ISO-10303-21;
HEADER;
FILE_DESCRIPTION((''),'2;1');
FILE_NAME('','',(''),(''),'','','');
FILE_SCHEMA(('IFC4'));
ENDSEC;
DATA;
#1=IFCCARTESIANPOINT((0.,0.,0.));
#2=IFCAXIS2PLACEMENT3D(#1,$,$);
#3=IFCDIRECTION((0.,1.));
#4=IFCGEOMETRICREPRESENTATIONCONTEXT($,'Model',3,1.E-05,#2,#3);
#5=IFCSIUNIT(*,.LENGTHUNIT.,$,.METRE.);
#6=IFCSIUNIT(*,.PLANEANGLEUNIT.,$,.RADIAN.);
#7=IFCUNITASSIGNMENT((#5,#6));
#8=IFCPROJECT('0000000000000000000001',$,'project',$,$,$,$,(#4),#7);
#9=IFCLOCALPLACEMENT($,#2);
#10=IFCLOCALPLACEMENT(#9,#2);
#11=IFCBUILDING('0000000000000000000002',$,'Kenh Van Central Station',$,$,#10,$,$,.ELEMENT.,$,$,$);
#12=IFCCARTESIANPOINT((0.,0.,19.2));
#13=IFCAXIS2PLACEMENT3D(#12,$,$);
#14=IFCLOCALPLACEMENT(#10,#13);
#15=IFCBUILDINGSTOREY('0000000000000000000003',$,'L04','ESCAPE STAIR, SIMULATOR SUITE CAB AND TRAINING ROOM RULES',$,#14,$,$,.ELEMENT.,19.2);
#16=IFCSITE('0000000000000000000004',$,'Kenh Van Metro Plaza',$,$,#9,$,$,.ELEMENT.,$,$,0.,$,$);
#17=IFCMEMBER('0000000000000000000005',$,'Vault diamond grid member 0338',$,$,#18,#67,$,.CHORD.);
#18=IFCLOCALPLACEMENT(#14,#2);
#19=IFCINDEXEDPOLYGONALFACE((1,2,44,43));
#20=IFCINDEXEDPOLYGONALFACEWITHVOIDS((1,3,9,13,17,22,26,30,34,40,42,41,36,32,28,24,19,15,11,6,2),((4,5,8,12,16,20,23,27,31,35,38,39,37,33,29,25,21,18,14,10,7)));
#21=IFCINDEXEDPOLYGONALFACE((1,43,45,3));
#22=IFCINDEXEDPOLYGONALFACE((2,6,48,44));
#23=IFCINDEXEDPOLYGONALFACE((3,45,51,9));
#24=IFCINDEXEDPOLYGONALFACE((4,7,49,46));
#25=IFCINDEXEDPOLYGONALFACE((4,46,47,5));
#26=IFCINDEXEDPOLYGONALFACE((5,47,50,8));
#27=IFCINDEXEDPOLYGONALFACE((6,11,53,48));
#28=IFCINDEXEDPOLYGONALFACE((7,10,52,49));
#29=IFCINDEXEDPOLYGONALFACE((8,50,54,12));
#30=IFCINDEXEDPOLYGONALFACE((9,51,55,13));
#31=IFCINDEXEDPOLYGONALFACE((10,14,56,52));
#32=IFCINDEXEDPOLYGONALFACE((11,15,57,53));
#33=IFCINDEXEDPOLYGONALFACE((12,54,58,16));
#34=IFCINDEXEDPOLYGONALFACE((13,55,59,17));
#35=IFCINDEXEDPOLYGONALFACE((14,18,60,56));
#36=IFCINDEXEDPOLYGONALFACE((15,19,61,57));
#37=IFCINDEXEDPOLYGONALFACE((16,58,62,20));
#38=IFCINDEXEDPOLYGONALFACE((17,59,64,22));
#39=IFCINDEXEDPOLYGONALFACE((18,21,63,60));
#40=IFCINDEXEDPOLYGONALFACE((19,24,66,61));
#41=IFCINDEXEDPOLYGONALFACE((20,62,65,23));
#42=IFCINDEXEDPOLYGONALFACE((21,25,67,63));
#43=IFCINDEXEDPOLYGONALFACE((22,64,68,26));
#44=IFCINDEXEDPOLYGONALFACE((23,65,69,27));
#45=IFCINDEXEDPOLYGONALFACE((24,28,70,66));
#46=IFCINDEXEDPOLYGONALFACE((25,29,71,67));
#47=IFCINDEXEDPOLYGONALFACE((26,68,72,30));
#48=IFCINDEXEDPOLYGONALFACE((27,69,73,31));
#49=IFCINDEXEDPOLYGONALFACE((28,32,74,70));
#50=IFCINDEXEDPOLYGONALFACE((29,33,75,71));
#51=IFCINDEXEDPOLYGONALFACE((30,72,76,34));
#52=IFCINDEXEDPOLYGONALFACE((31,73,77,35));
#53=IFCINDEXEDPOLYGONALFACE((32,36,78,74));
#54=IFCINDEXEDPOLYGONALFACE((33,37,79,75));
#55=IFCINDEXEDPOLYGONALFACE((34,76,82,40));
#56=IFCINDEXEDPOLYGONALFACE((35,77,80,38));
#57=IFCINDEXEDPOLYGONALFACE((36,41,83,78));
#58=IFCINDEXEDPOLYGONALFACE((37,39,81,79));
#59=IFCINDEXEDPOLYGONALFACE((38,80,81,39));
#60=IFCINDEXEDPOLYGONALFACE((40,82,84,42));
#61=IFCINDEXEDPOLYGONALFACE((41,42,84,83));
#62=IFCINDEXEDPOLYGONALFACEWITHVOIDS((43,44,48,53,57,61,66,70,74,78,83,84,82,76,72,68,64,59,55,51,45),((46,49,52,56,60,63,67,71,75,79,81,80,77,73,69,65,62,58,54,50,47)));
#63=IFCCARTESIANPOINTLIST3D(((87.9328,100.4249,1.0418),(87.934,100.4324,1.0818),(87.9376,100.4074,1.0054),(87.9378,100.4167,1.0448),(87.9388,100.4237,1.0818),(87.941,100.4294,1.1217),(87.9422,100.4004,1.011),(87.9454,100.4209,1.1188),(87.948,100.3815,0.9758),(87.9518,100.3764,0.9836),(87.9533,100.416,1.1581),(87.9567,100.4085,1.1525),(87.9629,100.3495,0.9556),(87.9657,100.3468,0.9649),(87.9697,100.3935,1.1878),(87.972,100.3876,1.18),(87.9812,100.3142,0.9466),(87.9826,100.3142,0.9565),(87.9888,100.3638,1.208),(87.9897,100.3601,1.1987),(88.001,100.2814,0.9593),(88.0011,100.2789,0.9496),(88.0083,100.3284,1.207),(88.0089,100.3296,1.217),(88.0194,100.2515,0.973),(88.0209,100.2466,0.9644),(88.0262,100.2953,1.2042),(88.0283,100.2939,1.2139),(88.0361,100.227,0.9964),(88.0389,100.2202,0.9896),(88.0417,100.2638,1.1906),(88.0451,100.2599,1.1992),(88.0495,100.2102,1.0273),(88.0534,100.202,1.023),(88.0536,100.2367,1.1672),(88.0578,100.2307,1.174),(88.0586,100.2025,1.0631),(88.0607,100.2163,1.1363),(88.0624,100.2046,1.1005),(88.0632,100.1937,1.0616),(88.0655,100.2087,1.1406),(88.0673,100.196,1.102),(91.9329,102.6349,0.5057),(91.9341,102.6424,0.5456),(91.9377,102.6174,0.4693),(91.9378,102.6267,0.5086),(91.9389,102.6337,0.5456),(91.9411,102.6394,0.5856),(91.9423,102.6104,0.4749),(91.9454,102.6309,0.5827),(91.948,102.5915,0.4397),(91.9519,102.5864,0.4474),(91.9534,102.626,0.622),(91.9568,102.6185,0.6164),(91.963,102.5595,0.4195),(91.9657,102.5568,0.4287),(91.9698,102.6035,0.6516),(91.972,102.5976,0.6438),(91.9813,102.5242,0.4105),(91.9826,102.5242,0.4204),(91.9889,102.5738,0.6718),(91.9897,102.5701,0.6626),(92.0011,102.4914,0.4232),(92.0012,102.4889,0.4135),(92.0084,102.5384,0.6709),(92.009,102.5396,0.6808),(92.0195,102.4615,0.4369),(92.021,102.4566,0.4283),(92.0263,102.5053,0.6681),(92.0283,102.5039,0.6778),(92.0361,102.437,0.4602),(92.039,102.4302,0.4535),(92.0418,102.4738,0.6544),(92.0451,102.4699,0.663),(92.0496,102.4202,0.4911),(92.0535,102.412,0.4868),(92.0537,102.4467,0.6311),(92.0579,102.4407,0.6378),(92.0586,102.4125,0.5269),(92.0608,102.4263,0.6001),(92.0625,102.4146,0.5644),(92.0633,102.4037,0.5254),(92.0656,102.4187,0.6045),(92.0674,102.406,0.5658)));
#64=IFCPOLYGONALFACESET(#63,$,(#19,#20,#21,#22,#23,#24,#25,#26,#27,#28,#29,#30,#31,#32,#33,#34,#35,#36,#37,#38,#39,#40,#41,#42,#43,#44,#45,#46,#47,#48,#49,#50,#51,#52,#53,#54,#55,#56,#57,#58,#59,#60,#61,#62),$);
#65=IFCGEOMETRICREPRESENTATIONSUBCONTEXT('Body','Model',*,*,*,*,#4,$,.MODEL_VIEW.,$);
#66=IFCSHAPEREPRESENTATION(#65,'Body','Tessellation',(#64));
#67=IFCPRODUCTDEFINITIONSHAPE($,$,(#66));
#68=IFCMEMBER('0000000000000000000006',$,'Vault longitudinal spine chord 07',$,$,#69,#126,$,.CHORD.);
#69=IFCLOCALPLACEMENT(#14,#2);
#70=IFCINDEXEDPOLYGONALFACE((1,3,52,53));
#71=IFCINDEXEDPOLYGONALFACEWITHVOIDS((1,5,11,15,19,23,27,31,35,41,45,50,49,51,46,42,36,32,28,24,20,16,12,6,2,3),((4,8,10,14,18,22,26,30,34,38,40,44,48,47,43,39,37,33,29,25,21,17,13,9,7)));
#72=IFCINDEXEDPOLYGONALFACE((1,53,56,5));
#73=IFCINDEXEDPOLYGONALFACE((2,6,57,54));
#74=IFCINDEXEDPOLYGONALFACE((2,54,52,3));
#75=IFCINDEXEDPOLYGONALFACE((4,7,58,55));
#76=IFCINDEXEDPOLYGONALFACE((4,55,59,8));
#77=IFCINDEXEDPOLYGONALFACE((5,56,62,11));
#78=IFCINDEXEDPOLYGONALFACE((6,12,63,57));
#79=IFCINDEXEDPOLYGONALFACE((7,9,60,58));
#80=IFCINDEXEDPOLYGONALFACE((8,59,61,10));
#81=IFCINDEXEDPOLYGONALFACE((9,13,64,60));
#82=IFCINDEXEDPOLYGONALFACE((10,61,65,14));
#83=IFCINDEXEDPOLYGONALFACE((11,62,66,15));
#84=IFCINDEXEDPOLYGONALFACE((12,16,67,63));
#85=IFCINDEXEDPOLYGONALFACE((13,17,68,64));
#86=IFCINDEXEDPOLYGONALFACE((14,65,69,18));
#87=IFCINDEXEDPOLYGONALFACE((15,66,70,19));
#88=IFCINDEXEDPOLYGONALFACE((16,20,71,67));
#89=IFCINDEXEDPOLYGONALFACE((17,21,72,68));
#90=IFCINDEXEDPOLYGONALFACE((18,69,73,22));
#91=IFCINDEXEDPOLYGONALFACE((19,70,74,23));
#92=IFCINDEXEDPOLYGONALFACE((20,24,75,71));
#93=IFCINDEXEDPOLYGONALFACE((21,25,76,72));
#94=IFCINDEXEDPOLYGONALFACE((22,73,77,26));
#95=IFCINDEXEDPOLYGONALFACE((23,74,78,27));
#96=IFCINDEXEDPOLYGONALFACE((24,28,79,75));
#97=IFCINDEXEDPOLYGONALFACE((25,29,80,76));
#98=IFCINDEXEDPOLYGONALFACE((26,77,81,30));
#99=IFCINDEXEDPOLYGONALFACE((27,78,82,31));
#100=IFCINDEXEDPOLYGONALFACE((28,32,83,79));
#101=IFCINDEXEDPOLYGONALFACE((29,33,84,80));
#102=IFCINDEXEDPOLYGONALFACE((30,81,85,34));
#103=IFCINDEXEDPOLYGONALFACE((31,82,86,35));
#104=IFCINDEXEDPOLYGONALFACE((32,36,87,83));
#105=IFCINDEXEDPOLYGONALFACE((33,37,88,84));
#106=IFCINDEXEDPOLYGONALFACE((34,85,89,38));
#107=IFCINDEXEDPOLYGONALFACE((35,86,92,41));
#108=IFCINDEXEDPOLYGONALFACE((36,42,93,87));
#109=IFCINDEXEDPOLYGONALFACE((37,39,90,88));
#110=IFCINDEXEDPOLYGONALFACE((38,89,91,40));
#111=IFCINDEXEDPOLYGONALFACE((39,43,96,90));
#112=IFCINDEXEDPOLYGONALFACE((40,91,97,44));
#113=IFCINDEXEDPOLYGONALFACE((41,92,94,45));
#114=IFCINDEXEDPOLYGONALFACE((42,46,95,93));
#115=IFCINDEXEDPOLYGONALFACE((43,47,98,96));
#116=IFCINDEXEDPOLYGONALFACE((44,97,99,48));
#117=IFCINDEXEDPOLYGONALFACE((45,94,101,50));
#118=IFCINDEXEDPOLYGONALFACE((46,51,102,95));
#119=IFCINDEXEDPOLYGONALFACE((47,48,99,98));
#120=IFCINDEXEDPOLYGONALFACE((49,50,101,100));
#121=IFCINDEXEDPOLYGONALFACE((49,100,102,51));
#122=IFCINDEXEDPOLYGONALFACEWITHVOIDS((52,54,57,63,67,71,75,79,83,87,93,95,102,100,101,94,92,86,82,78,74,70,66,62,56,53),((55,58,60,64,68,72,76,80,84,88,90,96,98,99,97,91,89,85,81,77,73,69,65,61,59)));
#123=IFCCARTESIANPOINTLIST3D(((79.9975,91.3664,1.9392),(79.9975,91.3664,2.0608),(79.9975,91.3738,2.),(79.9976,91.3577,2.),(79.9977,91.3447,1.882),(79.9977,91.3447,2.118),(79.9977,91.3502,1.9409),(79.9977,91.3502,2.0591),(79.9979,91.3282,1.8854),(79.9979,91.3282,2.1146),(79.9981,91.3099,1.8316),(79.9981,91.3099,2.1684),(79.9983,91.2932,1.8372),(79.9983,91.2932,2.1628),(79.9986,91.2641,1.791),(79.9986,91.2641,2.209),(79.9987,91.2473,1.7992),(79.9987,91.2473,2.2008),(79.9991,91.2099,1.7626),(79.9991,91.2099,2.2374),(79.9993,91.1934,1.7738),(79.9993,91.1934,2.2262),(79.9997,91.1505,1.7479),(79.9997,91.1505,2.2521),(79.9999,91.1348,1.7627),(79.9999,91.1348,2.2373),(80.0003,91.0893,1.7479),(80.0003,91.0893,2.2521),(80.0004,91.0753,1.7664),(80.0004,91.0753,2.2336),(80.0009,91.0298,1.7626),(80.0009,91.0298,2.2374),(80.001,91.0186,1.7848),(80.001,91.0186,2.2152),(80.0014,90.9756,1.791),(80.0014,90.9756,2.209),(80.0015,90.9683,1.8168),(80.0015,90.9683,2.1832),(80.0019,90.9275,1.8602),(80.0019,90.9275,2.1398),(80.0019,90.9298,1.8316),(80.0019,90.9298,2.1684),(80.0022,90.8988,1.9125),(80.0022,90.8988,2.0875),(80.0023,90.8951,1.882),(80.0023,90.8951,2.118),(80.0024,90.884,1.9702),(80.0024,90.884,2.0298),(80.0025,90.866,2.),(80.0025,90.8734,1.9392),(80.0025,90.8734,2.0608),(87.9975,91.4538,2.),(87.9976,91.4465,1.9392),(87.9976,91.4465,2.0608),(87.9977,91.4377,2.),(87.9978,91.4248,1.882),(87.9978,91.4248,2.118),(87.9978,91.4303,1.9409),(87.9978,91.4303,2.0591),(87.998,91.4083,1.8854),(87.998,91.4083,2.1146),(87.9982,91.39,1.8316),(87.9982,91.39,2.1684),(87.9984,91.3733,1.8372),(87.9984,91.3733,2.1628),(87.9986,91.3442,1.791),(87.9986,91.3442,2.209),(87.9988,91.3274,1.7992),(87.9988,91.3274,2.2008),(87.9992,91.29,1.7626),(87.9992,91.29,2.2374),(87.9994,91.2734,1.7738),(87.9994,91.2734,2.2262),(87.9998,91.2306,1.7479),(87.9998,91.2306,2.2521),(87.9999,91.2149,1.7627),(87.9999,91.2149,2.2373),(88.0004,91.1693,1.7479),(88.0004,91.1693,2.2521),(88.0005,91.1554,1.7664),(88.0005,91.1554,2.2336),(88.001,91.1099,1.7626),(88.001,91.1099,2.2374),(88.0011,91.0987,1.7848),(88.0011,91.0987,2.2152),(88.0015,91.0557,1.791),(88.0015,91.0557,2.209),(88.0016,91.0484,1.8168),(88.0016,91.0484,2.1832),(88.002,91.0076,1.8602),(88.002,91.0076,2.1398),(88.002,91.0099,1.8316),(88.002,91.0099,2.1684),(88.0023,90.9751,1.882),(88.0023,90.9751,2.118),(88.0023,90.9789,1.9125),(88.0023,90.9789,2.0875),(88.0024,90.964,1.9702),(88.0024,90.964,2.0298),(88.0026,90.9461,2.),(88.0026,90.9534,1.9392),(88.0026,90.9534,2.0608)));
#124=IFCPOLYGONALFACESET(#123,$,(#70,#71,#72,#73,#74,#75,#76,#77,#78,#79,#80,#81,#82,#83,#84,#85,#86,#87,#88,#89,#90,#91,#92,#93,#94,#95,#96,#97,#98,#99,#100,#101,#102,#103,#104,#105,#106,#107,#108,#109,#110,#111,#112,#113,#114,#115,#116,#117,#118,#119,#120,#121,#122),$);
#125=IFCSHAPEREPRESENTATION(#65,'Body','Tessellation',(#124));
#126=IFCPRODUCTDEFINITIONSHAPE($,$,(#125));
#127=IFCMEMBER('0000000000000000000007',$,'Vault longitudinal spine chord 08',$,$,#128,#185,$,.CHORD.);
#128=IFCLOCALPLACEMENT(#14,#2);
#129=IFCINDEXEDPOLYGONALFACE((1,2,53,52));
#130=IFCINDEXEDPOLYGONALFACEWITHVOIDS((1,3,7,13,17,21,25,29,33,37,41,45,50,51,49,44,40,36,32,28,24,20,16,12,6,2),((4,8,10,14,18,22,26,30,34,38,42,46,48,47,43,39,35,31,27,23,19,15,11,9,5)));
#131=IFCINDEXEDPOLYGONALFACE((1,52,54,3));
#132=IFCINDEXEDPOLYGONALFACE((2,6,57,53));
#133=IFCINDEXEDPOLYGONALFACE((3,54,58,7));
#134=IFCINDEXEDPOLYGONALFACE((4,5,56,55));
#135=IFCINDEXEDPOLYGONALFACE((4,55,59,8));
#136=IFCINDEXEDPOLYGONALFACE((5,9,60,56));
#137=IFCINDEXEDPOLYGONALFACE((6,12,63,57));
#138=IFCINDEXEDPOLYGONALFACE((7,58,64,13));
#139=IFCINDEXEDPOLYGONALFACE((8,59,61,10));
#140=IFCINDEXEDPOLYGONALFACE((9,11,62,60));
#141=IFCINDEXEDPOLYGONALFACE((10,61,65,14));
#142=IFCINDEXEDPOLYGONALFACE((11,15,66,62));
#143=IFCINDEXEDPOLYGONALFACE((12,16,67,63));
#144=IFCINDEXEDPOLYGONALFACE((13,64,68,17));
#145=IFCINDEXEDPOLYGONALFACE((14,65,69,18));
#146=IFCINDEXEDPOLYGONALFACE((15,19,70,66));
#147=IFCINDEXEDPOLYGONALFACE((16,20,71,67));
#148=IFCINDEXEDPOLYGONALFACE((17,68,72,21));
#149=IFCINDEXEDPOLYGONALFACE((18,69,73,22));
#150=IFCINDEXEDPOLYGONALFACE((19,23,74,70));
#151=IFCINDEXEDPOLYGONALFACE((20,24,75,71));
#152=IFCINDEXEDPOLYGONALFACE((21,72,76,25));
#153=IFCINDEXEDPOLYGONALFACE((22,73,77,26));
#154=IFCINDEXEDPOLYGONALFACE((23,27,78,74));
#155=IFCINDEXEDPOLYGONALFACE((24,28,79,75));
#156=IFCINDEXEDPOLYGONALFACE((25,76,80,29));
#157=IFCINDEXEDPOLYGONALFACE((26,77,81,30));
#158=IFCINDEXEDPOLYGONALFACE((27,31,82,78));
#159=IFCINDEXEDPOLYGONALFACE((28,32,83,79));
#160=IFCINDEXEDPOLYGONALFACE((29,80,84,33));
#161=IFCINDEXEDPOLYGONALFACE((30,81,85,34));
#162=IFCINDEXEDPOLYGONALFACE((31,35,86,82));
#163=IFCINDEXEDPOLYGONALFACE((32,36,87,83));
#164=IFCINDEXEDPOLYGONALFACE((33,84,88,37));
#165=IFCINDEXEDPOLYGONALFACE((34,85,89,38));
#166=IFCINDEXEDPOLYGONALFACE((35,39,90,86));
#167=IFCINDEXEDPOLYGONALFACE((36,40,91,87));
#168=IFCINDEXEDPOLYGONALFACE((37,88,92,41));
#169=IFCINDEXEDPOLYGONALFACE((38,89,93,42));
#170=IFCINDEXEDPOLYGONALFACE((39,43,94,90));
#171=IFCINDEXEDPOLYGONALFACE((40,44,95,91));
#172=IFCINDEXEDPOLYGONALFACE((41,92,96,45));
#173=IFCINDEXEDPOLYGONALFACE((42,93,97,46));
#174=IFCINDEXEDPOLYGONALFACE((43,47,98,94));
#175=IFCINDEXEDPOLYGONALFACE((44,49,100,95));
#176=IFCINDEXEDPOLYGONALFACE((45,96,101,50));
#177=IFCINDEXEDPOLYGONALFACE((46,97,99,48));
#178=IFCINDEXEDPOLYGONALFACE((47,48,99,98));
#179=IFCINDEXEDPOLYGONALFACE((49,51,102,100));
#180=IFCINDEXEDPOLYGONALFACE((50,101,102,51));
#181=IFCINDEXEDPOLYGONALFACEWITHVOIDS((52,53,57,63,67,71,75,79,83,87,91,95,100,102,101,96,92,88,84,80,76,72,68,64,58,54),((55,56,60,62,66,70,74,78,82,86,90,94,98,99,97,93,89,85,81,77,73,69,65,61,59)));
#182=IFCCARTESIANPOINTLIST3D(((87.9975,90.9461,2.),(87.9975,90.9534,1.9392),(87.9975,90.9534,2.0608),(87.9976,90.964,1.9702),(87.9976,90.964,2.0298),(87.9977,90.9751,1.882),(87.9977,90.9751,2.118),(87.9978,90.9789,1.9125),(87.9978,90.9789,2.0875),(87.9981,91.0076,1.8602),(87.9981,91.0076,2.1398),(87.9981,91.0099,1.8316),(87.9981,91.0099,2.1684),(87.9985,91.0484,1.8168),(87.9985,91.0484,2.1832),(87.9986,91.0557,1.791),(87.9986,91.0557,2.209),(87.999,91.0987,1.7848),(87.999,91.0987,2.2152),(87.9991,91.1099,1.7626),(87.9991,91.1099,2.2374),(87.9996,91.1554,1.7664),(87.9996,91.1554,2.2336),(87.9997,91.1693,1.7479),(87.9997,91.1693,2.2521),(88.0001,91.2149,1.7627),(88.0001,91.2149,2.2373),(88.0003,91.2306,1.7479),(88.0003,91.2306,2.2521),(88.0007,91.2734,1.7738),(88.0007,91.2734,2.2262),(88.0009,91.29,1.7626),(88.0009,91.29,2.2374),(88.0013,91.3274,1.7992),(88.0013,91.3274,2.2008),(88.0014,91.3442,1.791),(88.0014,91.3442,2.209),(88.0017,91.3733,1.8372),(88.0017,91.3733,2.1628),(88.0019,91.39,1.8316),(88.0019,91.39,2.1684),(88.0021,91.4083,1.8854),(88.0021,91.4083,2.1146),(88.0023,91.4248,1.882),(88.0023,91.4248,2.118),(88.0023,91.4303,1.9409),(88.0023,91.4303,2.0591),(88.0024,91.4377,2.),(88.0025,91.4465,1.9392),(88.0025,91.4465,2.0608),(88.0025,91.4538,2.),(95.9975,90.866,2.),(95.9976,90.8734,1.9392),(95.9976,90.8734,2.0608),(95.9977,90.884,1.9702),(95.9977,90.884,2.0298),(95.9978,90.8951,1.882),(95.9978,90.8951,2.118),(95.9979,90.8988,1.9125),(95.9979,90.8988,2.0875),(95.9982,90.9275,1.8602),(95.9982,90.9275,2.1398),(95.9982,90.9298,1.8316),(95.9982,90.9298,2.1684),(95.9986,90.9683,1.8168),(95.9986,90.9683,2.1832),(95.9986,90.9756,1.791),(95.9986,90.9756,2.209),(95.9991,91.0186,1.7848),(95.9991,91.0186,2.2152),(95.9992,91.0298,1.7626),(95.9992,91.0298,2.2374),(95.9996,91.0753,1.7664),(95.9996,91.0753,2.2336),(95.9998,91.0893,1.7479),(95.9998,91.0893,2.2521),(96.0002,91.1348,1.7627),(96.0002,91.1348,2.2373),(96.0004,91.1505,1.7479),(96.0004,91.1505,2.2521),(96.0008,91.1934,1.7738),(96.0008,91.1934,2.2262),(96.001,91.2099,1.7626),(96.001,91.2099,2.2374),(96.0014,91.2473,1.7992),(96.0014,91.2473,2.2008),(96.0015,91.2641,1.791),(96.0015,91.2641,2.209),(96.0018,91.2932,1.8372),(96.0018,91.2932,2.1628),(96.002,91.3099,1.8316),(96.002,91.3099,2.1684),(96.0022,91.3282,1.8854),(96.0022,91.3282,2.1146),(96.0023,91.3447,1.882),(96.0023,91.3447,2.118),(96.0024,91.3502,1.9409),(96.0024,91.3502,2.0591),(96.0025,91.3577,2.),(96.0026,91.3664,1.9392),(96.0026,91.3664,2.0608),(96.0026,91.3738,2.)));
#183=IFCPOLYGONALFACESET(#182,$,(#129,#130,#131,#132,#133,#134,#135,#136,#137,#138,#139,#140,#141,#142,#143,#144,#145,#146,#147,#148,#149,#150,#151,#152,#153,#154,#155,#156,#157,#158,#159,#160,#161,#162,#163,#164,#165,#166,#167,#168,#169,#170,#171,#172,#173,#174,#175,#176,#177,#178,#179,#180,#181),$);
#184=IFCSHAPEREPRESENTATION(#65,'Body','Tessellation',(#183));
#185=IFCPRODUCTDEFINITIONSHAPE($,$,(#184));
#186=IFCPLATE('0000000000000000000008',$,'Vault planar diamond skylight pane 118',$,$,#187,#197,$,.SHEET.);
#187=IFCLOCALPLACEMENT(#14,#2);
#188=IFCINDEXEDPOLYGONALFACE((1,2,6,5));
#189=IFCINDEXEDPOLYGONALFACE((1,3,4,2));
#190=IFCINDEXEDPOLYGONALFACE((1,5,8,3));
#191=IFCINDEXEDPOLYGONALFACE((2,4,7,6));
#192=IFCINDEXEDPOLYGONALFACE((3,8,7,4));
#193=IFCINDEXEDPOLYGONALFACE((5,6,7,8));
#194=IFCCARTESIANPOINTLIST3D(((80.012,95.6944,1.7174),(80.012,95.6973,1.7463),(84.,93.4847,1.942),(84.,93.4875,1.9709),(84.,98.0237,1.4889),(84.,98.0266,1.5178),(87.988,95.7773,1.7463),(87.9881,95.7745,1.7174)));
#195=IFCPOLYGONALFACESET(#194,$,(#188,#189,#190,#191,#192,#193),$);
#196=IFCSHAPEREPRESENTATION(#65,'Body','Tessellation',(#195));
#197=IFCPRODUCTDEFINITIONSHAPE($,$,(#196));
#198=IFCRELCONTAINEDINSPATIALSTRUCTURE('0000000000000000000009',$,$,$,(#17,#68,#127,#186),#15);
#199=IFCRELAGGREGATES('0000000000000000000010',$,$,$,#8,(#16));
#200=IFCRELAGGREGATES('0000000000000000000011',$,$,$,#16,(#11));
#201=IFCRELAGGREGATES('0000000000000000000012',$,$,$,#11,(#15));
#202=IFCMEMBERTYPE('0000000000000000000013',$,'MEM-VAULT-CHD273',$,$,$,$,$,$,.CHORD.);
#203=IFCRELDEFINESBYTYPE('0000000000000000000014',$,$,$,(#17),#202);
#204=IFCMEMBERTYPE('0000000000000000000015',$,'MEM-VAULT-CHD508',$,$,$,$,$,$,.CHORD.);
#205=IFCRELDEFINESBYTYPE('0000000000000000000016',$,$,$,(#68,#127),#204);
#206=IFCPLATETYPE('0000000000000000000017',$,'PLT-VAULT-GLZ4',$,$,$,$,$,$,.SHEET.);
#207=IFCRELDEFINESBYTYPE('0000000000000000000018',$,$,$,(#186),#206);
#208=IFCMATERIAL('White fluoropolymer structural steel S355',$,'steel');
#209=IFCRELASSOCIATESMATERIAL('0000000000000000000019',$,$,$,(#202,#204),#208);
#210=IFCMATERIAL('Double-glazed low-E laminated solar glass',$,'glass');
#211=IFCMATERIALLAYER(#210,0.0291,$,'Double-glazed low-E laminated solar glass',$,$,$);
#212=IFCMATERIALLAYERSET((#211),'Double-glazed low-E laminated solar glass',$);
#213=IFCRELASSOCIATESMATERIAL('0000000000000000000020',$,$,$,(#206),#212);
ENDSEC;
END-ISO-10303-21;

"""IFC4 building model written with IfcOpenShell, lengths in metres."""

from ifc_helpers import new_model, si_unit, direction, frame, origin, origin_2d, place, context, subcontext, project, spatial, polyline, hollow_circle, outline, extrude, material, layer, layer_set, material_profile, profile_set, type_object, element, save


model = new_model("IFC4")

# Units and contexts
model_context = context("Model", 3, precision=1e-05, world=origin(), true_north=direction((0.0, 1.0)))
body_context = subcontext(model_context, "Body", "Model", "MODEL_VIEW")
ifc_project = project(units=[si_unit("LENGTHUNIT", "METRE"), si_unit("PLANEANGLEUNIT", "RADIAN")], contexts=[model_context])

# Site, building, storey
site_placement = place(None, origin())
site = spatial("IfcSite", under=ifc_project, at=site_placement, Name="Kenh Van Metro Plaza", CompositionType="ELEMENT", RefElevation=0.0)
building_placement = place(site_placement, origin())
building = spatial("IfcBuilding", under=site, at=building_placement, Name="Kenh Van Central Station", CompositionType="ELEMENT")
storey_placement = place(building_placement, frame((0.0, 0.0, 19.2)))
storey = spatial("IfcBuildingStorey", under=building, at=storey_placement, Name="L04", Description="ESCAPE STAIR, SIMULATOR SUITE CAB AND TRAINING ROOM RULES", CompositionType="ELEMENT", Elevation=19.2)

# Shared definitions
ifc_material_1 = material(Name="White fluoropolymer structural steel S355", Category="steel")

# Members
ifc_material_profile_1 = material_profile(ifc_material_1, hollow_circle(Radius=0.1365, WallThickness=0.01, at=origin_2d()), Name="CHS 273x10")
ifc_profile_set_1 = profile_set([ifc_material_profile_1], Name="White fluoropolymer structural steel S355")
member_type_1 = type_object("IfcMemberType", Name="MEM-VAULT-CHD273", PredefinedType="CHORD", material=ifc_profile_set_1)
member_1_placement = place(storey_placement, frame((88.0, 100.313, 1.0818), z_axis=(0.869332, 0.480297, -0.116519), x_axis=(-0.483591, 0.875294, 0.0)))
element("IfcMember", 1, at=member_1_placement, inside=storey, type_object=member_type_1, Name="Vault diamond grid member 0338", PredefinedType="CHORD", context=body_context, shape_type="SweptSolid", body=[
    extrude(hollow_circle(Radius=0.1365, WallThickness=0.01, at=origin_2d()), origin(), (0.0, 0.0, 1.0), 4.6013),
])
ifc_material_profile_2 = material_profile(ifc_material_1, hollow_circle(Radius=0.2539, WallThickness=0.0161, at=origin_2d()), Name="CHS 508x16")
ifc_profile_set_2 = profile_set([ifc_material_profile_2], Name="White fluoropolymer structural steel S355")
member_type_2 = type_object("IfcMemberType", Name="MEM-VAULT-CHD508", PredefinedType="CHORD", material=ifc_profile_set_2)
for number, where, z_axis, x_axis, name in (
    (2, (80.0, 91.1199, 2.0), (0.99995, 0.010009, 0.0), (-0.010009, 0.99995, 0.0), "Vault longitudinal spine chord 07"),
    (3, (88.0, 91.2, 2.0), (0.99995, -0.010009, 0.0), (0.010009, 0.99995, 0.0), "Vault longitudinal spine chord 08"),
):
    element("IfcMember", number, at=place(storey_placement, frame(where, z_axis=z_axis, x_axis=x_axis)), inside=storey, type_object=member_type_2, Name=name, PredefinedType="CHORD", context=body_context, shape_type="SweptSolid", body=[
        extrude(hollow_circle(Radius=0.2539, WallThickness=0.0161, at=origin_2d()), origin(), (0.0, 0.0, 1.0), 8.0005),
    ])

# Plate
ifc_material_2 = material(Name="Double-glazed low-E laminated solar glass", Category="glass")
ifc_layer_1 = layer(ifc_material_2, 0.0291, Name="Double-glazed low-E laminated solar glass")
ifc_layer_set_1 = layer_set([ifc_layer_1], Name="Double-glazed low-E laminated solar glass")
plate_type_1 = type_object("IfcPlateType", Name="PLT-VAULT-GLZ4", PredefinedType="SHEET", material=ifc_layer_set_1)
plate_1_placement = place(storey_placement, frame((80.012, 95.6973, 1.7463), z_axis=(-0.000997, 0.099334, 0.995054), x_axis=(0.873643, -0.484074, 0.0492)))
element("IfcPlate", 4, at=plate_1_placement, inside=storey, type_object=plate_type_1, Name="Vault planar diamond skylight pane 118", PredefinedType="SHEET", context=body_context, shape_type="SweptSolid", body=[
    extrude(outline(polyline([(0.0, 0.0), (4.5648, 0.0), (6.9295, 3.9505), (2.3453, 3.9852), (0.0, 0.0)])), origin(), (0.0, 0.0, -1.0), 0.0291),
])

save(model, "model.ifc")
